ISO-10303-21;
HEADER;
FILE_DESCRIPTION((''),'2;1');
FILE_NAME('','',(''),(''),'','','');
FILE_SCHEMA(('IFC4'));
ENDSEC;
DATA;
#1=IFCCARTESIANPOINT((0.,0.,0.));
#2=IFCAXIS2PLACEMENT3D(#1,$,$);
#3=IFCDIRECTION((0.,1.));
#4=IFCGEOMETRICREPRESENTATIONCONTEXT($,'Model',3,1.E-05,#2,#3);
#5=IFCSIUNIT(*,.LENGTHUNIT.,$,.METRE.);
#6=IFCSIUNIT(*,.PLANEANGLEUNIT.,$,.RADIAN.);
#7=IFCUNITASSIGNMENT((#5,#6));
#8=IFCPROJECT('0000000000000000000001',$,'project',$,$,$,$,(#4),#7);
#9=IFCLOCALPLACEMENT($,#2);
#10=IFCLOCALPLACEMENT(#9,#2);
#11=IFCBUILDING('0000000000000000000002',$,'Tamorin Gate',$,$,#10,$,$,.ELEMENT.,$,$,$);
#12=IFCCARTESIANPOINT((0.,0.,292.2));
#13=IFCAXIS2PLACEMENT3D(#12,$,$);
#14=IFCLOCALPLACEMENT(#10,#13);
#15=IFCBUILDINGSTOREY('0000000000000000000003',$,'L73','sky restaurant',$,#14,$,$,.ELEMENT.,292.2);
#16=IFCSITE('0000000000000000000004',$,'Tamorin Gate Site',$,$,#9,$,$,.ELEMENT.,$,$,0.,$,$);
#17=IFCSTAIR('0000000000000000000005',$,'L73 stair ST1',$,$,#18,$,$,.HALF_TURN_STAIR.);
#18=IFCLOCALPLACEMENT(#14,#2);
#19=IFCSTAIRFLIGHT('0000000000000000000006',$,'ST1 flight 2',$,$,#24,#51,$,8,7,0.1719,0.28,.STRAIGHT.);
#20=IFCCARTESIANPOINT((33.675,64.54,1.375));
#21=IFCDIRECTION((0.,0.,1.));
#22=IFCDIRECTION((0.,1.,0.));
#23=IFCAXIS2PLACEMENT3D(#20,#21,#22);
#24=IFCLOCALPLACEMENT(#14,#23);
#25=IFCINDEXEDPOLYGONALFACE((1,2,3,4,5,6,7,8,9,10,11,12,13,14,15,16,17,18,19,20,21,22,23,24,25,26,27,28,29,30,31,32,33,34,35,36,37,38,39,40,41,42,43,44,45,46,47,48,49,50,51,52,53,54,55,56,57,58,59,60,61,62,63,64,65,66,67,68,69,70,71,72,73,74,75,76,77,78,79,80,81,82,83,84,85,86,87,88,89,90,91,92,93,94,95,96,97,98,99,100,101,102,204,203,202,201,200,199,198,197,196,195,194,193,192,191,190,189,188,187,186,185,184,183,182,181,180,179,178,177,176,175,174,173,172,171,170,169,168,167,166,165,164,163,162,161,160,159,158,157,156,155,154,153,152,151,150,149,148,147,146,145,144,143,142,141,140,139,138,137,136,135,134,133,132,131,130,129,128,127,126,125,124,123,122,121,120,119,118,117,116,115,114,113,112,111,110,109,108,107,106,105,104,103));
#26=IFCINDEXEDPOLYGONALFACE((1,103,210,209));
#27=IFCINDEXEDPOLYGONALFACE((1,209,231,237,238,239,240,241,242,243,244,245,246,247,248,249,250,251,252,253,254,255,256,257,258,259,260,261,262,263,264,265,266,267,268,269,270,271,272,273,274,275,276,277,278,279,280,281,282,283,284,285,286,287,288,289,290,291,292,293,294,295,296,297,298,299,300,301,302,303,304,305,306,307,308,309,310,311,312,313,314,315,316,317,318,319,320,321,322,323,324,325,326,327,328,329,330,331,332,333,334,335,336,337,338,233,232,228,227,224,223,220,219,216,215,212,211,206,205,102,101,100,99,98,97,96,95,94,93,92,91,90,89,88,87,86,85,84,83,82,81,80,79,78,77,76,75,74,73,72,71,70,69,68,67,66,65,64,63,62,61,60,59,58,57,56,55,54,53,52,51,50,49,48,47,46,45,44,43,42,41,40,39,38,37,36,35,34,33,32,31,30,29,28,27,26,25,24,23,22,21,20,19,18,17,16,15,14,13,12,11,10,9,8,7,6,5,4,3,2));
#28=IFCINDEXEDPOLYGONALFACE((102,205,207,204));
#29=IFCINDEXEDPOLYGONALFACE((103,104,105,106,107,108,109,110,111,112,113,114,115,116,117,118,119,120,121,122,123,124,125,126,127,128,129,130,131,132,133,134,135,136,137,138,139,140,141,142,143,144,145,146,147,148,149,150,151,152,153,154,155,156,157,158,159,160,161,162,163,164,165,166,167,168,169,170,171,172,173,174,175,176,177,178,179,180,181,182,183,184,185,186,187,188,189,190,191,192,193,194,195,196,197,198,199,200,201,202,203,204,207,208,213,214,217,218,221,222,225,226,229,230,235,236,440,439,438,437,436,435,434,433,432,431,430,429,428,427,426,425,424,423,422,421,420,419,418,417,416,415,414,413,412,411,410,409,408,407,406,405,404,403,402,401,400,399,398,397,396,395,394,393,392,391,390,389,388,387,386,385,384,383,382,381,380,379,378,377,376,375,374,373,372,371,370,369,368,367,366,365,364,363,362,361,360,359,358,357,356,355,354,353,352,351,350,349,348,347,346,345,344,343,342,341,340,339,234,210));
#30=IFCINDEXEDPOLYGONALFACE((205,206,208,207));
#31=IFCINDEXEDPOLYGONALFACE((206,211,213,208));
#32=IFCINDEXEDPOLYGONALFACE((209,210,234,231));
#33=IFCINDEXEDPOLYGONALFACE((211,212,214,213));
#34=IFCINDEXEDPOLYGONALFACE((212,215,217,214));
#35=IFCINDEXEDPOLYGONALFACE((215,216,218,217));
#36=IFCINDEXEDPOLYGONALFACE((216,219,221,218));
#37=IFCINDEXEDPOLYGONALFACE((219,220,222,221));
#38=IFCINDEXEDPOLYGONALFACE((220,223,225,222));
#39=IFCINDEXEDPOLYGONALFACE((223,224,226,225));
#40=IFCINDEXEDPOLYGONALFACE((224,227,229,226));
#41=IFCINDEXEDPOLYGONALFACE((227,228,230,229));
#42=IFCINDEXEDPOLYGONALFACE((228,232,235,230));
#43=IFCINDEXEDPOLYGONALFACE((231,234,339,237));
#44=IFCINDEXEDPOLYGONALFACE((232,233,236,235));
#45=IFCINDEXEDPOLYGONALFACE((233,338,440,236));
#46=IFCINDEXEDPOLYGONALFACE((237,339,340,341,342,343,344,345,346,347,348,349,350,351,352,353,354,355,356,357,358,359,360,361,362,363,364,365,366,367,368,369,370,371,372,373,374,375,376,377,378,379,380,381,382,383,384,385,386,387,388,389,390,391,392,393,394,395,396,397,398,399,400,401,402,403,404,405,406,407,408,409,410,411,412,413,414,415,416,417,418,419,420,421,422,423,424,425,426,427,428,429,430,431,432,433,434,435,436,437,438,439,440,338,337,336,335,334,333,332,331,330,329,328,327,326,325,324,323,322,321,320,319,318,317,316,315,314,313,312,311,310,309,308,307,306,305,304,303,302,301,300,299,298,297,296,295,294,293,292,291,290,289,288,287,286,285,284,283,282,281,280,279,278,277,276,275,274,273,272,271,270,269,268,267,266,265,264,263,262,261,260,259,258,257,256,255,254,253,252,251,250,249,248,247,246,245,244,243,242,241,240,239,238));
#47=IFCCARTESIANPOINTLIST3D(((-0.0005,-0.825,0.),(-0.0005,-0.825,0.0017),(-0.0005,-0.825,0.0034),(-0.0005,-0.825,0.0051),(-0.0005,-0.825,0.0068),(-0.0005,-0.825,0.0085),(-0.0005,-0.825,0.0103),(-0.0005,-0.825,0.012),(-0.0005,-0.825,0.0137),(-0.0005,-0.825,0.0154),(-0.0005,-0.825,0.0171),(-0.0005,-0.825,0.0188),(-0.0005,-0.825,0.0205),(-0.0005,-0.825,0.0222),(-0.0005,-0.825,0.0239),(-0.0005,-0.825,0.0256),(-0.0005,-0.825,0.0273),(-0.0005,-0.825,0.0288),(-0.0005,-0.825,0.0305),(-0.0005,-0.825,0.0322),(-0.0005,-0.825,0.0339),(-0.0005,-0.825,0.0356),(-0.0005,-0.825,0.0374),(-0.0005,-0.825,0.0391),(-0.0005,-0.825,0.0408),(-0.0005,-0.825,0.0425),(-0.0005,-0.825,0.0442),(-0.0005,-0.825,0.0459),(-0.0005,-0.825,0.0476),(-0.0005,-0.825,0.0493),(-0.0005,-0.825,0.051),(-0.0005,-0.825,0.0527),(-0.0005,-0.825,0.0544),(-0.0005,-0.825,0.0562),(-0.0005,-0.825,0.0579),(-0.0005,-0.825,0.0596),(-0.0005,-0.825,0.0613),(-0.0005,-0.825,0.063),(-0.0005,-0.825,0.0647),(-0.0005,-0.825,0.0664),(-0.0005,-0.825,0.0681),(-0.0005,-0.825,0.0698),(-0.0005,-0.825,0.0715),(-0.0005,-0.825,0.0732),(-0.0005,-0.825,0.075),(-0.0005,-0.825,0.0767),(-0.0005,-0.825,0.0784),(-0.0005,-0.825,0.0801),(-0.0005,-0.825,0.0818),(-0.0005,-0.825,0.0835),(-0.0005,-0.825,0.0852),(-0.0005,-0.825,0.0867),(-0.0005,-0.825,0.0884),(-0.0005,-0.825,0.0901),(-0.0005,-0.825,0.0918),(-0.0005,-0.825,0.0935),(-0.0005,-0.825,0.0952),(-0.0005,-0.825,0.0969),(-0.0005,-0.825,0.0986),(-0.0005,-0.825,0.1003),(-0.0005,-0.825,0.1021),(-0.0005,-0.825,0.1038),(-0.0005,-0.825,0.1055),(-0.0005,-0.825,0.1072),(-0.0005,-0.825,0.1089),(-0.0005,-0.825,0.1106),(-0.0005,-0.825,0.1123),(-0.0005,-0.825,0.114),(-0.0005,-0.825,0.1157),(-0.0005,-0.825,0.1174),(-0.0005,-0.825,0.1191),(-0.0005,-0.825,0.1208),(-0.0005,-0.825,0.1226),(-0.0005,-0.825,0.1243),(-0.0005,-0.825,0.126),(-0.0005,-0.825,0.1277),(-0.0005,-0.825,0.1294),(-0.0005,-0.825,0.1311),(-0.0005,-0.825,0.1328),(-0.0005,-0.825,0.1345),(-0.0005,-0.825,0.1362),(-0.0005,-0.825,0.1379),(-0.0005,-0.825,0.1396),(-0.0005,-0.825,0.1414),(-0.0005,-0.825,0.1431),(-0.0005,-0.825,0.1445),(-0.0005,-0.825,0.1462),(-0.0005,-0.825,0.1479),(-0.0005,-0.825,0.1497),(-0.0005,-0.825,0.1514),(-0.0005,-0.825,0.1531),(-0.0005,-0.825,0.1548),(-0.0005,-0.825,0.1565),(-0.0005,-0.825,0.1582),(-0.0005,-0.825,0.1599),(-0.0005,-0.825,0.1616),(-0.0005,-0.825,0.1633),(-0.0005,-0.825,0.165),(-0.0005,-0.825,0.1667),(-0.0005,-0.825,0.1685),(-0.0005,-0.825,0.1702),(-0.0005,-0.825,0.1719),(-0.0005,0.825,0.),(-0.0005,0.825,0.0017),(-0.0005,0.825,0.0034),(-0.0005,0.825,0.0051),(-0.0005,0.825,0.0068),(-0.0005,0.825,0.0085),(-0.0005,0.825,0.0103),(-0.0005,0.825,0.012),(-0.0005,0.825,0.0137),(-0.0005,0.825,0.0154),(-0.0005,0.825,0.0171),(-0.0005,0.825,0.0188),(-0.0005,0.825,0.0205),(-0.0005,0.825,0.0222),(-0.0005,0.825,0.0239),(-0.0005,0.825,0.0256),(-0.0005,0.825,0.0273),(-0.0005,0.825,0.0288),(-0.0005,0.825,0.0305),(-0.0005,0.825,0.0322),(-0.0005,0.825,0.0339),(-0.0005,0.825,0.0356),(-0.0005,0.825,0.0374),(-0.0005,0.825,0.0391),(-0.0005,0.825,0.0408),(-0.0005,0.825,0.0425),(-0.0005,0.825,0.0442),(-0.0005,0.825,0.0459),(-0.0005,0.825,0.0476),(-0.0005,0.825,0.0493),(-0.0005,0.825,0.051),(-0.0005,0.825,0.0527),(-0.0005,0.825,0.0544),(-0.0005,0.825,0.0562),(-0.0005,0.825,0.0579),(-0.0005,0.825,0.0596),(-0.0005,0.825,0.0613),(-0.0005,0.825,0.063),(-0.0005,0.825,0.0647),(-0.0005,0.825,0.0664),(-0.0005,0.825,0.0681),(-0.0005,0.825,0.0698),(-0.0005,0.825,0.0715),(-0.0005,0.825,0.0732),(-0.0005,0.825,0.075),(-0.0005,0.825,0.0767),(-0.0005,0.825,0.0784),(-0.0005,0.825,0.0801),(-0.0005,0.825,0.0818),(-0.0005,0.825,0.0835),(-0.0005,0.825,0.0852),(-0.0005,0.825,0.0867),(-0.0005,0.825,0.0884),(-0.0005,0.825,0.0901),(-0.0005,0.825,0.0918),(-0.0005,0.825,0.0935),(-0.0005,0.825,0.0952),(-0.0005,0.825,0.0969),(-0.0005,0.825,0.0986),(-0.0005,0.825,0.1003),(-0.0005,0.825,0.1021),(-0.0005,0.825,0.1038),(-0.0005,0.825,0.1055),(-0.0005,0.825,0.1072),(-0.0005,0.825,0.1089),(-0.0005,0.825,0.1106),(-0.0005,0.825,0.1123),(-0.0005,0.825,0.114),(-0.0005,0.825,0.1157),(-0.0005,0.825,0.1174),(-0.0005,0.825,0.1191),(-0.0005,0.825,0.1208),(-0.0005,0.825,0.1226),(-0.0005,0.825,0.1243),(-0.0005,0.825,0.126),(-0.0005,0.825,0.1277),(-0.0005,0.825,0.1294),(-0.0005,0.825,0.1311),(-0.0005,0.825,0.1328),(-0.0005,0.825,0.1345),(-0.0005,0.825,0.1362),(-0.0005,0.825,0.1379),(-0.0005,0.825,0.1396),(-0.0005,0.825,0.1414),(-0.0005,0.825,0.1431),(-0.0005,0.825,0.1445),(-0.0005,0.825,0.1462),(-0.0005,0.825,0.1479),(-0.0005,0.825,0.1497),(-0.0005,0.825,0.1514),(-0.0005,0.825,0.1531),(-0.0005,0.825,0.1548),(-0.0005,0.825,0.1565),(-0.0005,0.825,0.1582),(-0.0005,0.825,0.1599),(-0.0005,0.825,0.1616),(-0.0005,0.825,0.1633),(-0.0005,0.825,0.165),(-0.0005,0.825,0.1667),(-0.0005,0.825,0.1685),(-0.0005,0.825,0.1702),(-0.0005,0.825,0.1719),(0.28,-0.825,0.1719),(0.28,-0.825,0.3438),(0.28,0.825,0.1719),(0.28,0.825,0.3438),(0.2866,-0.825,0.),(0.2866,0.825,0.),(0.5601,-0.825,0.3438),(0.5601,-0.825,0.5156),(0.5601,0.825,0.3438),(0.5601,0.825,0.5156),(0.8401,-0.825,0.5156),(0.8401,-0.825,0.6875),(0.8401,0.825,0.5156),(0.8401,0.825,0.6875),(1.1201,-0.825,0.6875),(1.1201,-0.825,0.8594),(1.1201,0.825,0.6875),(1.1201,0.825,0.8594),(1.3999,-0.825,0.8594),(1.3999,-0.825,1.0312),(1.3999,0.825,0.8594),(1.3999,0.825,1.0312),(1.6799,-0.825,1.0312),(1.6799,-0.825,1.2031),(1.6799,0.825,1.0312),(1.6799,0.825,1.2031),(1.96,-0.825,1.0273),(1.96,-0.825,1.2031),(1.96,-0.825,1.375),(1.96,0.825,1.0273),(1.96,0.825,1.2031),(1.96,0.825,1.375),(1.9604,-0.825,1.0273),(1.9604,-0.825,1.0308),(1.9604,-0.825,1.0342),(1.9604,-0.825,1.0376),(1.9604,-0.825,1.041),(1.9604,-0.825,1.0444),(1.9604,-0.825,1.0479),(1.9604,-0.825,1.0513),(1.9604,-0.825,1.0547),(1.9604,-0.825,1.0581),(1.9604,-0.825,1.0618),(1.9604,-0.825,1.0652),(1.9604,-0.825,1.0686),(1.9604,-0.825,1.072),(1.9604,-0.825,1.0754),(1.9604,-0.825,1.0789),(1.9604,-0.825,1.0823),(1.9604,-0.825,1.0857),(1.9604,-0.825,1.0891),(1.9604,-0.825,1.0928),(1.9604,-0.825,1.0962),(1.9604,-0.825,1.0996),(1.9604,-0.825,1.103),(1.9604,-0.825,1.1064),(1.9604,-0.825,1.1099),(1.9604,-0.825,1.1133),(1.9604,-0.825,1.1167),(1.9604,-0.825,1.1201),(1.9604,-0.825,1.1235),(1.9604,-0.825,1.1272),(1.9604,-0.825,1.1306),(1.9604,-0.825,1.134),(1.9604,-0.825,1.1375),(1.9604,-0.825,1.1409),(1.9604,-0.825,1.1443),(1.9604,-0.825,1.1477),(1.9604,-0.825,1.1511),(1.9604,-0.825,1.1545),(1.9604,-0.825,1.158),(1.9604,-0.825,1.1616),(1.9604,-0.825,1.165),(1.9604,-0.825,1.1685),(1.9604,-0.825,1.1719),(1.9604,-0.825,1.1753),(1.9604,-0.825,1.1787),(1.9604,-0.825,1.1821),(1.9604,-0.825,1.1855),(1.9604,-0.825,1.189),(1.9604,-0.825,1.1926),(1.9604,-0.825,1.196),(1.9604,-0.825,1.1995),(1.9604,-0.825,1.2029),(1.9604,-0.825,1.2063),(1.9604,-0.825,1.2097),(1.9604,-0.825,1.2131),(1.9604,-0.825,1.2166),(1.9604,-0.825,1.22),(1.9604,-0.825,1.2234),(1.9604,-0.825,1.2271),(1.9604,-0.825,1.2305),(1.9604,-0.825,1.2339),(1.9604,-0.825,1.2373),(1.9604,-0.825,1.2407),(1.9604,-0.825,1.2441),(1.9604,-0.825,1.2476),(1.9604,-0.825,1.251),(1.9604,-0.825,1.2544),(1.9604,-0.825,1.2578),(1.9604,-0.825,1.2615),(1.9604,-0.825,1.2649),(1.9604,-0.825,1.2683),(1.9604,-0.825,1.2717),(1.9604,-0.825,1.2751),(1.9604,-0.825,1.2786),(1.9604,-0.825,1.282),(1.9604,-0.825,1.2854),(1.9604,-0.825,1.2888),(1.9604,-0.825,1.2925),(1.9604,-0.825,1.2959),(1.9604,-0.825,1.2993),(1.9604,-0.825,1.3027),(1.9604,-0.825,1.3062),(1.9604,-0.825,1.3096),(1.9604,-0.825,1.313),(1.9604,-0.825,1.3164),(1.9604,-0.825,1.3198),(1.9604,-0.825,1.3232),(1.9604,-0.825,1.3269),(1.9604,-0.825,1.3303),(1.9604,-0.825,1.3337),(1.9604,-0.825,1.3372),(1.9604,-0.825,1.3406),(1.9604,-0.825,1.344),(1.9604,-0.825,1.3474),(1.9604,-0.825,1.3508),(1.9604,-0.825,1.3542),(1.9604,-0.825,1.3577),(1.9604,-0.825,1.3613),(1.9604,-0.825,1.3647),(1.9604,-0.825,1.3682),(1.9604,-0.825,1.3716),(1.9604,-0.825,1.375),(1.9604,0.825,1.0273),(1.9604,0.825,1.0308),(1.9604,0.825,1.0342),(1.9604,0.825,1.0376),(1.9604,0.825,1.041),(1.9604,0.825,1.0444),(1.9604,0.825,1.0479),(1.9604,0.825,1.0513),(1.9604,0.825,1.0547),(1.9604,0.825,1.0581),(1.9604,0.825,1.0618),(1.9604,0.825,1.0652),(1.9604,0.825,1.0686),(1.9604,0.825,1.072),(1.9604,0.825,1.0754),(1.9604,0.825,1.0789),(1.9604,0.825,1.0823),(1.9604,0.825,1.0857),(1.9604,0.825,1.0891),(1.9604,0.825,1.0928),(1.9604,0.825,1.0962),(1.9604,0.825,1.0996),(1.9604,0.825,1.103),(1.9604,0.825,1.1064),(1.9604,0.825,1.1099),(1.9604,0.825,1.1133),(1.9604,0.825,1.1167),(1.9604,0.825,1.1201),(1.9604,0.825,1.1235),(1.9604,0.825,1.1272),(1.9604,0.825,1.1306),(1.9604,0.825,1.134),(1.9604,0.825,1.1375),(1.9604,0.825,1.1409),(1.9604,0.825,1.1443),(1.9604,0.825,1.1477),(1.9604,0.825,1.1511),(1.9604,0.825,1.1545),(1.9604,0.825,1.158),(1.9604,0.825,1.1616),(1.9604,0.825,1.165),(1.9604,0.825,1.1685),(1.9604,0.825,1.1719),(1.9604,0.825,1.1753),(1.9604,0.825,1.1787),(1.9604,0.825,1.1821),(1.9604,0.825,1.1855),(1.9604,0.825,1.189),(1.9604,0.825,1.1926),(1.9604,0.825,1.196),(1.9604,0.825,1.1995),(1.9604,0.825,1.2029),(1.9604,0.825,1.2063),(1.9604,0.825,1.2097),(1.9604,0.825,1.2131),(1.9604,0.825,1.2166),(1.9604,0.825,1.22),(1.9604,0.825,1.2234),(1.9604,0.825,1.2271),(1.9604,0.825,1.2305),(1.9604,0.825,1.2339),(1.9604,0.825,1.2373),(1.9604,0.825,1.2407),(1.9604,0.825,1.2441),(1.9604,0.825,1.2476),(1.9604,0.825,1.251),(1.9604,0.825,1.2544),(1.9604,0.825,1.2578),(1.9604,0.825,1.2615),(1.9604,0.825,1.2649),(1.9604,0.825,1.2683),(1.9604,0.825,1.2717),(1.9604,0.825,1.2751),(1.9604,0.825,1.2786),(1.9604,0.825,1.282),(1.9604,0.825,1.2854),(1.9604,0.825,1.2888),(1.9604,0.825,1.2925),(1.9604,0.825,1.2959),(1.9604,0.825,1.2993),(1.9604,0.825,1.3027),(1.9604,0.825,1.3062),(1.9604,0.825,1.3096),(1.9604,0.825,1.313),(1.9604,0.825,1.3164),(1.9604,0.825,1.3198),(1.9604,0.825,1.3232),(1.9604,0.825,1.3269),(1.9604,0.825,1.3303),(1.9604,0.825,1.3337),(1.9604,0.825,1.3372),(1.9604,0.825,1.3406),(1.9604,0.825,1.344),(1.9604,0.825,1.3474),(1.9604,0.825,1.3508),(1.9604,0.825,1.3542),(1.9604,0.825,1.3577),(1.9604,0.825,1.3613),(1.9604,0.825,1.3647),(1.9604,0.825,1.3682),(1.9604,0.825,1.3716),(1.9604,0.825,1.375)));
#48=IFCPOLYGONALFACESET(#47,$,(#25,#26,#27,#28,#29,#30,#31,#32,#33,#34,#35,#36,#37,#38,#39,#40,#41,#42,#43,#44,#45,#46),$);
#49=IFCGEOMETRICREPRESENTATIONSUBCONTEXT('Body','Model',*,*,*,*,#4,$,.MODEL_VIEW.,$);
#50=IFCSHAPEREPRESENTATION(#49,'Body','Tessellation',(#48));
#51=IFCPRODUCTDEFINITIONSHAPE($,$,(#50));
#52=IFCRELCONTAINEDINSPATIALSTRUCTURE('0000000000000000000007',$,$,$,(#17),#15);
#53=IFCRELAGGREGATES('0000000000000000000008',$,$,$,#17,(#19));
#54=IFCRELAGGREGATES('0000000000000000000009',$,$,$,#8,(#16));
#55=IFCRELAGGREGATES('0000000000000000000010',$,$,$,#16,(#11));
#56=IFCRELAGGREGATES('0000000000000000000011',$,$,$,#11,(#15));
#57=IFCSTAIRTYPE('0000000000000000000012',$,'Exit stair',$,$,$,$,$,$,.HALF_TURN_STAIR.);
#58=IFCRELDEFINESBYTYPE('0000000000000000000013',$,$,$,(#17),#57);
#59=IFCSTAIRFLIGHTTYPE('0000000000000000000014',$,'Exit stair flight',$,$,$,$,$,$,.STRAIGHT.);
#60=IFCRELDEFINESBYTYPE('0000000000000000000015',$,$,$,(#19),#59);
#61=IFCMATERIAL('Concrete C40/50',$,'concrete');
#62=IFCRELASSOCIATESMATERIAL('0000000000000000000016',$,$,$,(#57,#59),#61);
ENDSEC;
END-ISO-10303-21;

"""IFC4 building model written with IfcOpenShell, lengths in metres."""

from ifc_helpers import new_model, si_unit, direction, frame, origin, place, context, subcontext, project, spatial, polyline, outline, extrude, material, type_object, element, aggregate, save


model = new_model("IFC4")

# Units and contexts
model_context = context("Model", 3, precision=1e-05, world=origin(), true_north=direction((0.0, 1.0)))
body_context = subcontext(model_context, "Body", "Model", "MODEL_VIEW")
ifc_project = project(units=[si_unit("LENGTHUNIT", "METRE"), si_unit("PLANEANGLEUNIT", "RADIAN")], contexts=[model_context])

# Site, building, storey
site_placement = place(None, origin())
site = spatial("IfcSite", under=ifc_project, at=site_placement, Name="Tamorin Gate Site", CompositionType="ELEMENT", RefElevation=0.0)
building_placement = place(site_placement, origin())
building = spatial("IfcBuilding", under=site, at=building_placement, Name="Tamorin Gate", CompositionType="ELEMENT")
storey_placement = place(building_placement, frame((0.0, 0.0, 292.2)))
storey = spatial("IfcBuildingStorey", under=building, at=storey_placement, Name="L73", Description="sky restaurant", CompositionType="ELEMENT", Elevation=292.2)

# Stair, stair flight
ifc_material_1 = material(Name="Concrete C40/50", Category="concrete")
stair_type = type_object("IfcStairType", Name="Exit stair", PredefinedType="HALF_TURN_STAIR", material=ifc_material_1)
stair_placement = place(storey_placement, origin())
stair = element("IfcStair", 1, at=stair_placement, inside=storey, type_object=stair_type, Name="L73 stair ST1", PredefinedType="HALF_TURN_STAIR")
stair_flight_type = type_object("IfcStairFlightType", Name="Exit stair flight", PredefinedType="STRAIGHT", material=ifc_material_1)
stair_flight_1_placement = place(storey_placement, frame((33.675, 64.54, 1.375), z_axis=(0.0, 0.0, 1.0), x_axis=(0.0, 1.0, 0.0)))
stair_flight_1 = element("IfcStairFlight", 2, at=stair_flight_1_placement, type_object=stair_flight_type, Name="ST1 flight 2", NumberOfRisers=8, NumberOfTreads=7, PredefinedType="STRAIGHT", RiserHeight=0.1719, TreadLength=0.28, context=body_context, shape_type="SweptSolid", body=[
    extrude(outline(polyline([(-0.0005, 0.0), (-0.0005, 0.0017), (-0.0005, 0.0034), (-0.0005, 0.0051), (-0.0005, 0.0068), (-0.0005, 0.0085), (-0.0005, 0.0103), (-0.0005, 0.012), (-0.0005, 0.0137), (-0.0005, 0.0154), (-0.0005, 0.0171), (-0.0005, 0.0188), (-0.0005, 0.0205), (-0.0005, 0.0222), (-0.0005, 0.0239), (-0.0005, 0.0256), (-0.0005, 0.0273), (-0.0005, 0.0288), (-0.0005, 0.0305), (-0.0005, 0.0322), (-0.0005, 0.0339), (-0.0005, 0.0356), (-0.0005, 0.0374), (-0.0005, 0.0391), (-0.0005, 0.0408), (-0.0005, 0.0425), (-0.0005, 0.0442), (-0.0005, 0.0459), (-0.0005, 0.0476), (-0.0005, 0.0493), (-0.0005, 0.051), (-0.0005, 0.0527), (-0.0005, 0.0544), (-0.0005, 0.0562), (-0.0005, 0.0579), (-0.0005, 0.0596), (-0.0005, 0.0613), (-0.0005, 0.063), (-0.0005, 0.0647), (-0.0005, 0.0664), (-0.0005, 0.0681), (-0.0005, 0.0698), (-0.0005, 0.0715), (-0.0005, 0.0732), (-0.0005, 0.075), (-0.0005, 0.0767), (-0.0005, 0.0784), (-0.0005, 0.0801), (-0.0005, 0.0818), (-0.0005, 0.0835), (-0.0005, 0.0852), (-0.0005, 0.0867), (-0.0005, 0.0884), (-0.0005, 0.0901), (-0.0005, 0.0918), (-0.0005, 0.0935), (-0.0005, 0.0952), (-0.0005, 0.0969), (-0.0005, 0.0986), (-0.0005, 0.1003), (-0.0005, 0.1021), (-0.0005, 0.1038), (-0.0005, 0.1055), (-0.0005, 0.1072), (-0.0005, 0.1089), (-0.0005, 0.1106), (-0.0005, 0.1123), (-0.0005, 0.114), (-0.0005, 0.1157), (-0.0005, 0.1174), (-0.0005, 0.1191), (-0.0005, 0.1208), (-0.0005, 0.1226), (-0.0005, 0.1243), (-0.0005, 0.126), (-0.0005, 0.1277), (-0.0005, 0.1294), (-0.0005, 0.1311), (-0.0005, 0.1328), (-0.0005, 0.1345), (-0.0005, 0.1362), (-0.0005, 0.1379), (-0.0005, 0.1396), (-0.0005, 0.1414), (-0.0005, 0.1431), (-0.0005, 0.1445), (-0.0005, 0.1462), (-0.0005, 0.1479), (-0.0005, 0.1497), (-0.0005, 0.1514), (-0.0005, 0.1531), (-0.0005, 0.1548), (-0.0005, 0.1565), (-0.0005, 0.1582), (-0.0005, 0.1599), (-0.0005, 0.1616), (-0.0005, 0.1633), (-0.0005, 0.165), (-0.0005, 0.1667), (-0.0005, 0.1685), (-0.0005, 0.1702), (-0.0005, 0.1719), (0.28, 0.1719), (0.28, 0.3438), (0.5601, 0.3438), (0.5601, 0.5156), (0.8401, 0.5156), (0.8401, 0.6875), (1.1201, 0.6875), (1.1201, 0.8594), (1.3999, 0.8594), (1.3999, 1.0312), (1.6799, 1.0312), (1.6799, 1.2031), (1.96, 1.2031), (1.96, 1.375), (1.9604, 1.375), (1.9604, 1.3716), (1.9604, 1.3682), (1.9604, 1.3647), (1.9604, 1.3613), (1.9604, 1.3577), (1.9604, 1.3542), (1.9604, 1.3508), (1.9604, 1.3474), (1.9604, 1.344), (1.9604, 1.3406), (1.9604, 1.3372), (1.9604, 1.3337), (1.9604, 1.3303), (1.9604, 1.3269), (1.9604, 1.3232), (1.9604, 1.3198), (1.9604, 1.3164), (1.9604, 1.313), (1.9604, 1.3096), (1.9604, 1.3062), (1.9604, 1.3027), (1.9604, 1.2993), (1.9604, 1.2959), (1.9604, 1.2925), (1.9604, 1.2888), (1.9604, 1.2854), (1.9604, 1.282), (1.9604, 1.2786), (1.9604, 1.2751), (1.9604, 1.2717), (1.9604, 1.2683), (1.9604, 1.2649), (1.9604, 1.2615), (1.9604, 1.2578), (1.9604, 1.2544), (1.9604, 1.251), (1.9604, 1.2476), (1.9604, 1.2441), (1.9604, 1.2407), (1.9604, 1.2373), (1.9604, 1.2339), (1.9604, 1.2305), (1.9604, 1.2271), (1.9604, 1.2234), (1.9604, 1.22), (1.9604, 1.2166), (1.9604, 1.2131), (1.9604, 1.2097), (1.9604, 1.2063), (1.9604, 1.2029), (1.9604, 1.1995), (1.9604, 1.196), (1.9604, 1.1926), (1.9604, 1.189), (1.9604, 1.1855), (1.9604, 1.1821), (1.9604, 1.1787), (1.9604, 1.1753), (1.9604, 1.1719), (1.9604, 1.1685), (1.9604, 1.165), (1.9604, 1.1616), (1.9604, 1.158), (1.9604, 1.1545), (1.9604, 1.1511), (1.9604, 1.1477), (1.9604, 1.1443), (1.9604, 1.1409), (1.9604, 1.1375), (1.9604, 1.134), (1.9604, 1.1306), (1.9604, 1.1272), (1.9604, 1.1235), (1.9604, 1.1201), (1.9604, 1.1167), (1.9604, 1.1133), (1.9604, 1.1099), (1.9604, 1.1064), (1.9604, 1.103), (1.9604, 1.0996), (1.9604, 1.0962), (1.9604, 1.0928), (1.9604, 1.0891), (1.9604, 1.0857), (1.9604, 1.0823), (1.9604, 1.0789), (1.9604, 1.0754), (1.9604, 1.072), (1.9604, 1.0686), (1.9604, 1.0652), (1.9604, 1.0618), (1.9604, 1.0581), (1.9604, 1.0547), (1.9604, 1.0513), (1.9604, 1.0479), (1.9604, 1.0444), (1.9604, 1.041), (1.9604, 1.0376), (1.9604, 1.0342), (1.9604, 1.0308), (1.9604, 1.0273), (1.96, 1.0273), (0.2866, 0.0), (-0.0005, 0.0)])), frame((0.0, 0.825, 0.0), z_axis=(0.0, -1.0, 0.0), x_axis=(1.0, 0.0, 0.0)), (0.0, 0.0, 1.0), 1.6499),
])
aggregate(stair, [stair_flight_1])

save(model, "model.ifc")
